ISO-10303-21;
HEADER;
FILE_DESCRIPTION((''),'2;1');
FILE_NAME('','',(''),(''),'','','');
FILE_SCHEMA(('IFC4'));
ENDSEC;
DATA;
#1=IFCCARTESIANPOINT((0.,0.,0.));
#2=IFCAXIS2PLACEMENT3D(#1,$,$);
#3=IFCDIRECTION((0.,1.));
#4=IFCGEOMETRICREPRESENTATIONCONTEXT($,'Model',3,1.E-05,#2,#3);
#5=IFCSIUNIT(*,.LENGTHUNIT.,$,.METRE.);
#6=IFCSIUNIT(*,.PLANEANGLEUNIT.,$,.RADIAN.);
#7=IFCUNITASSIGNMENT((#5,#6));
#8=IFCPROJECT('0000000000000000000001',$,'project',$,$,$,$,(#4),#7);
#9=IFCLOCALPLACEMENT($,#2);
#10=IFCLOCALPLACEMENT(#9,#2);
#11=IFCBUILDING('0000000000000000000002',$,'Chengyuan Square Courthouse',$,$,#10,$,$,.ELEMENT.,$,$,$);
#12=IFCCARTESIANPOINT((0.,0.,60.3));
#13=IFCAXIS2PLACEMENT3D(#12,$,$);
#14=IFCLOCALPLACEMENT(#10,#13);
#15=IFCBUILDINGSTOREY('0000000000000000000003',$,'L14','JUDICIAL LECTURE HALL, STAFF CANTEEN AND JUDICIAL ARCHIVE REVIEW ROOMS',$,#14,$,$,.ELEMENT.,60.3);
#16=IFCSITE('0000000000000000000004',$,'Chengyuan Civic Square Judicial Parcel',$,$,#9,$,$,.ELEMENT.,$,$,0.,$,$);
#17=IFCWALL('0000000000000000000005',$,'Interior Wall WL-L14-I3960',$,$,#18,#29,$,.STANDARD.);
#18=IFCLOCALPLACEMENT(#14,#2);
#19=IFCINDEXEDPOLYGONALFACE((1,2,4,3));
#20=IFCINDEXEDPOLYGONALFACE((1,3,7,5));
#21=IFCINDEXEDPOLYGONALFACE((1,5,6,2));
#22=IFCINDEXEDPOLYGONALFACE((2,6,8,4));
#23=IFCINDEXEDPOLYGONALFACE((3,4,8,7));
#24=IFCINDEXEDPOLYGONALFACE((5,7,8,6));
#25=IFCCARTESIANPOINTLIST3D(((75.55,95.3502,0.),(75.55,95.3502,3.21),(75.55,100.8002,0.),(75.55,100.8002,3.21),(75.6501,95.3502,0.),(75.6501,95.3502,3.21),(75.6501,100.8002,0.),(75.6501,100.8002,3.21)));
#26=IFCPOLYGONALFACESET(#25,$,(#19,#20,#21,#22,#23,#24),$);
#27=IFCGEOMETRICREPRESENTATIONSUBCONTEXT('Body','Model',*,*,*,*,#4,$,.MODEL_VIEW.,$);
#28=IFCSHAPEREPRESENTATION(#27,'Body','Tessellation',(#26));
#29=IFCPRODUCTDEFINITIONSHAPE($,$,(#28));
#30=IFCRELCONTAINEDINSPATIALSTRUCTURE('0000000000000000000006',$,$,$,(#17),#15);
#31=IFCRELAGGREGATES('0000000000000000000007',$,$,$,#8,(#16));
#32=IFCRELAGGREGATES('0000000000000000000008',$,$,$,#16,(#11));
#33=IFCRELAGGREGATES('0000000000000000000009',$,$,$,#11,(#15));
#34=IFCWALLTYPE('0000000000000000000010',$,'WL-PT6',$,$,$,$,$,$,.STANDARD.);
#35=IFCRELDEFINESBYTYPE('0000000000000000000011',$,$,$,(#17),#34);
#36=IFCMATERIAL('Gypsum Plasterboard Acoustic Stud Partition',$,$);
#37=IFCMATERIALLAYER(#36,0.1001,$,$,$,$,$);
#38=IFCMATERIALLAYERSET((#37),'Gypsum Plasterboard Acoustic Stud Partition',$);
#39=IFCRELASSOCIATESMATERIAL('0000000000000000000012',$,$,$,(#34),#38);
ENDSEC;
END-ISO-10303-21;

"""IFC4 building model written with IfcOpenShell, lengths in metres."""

from ifc_helpers import new_model, si_unit, direction, frame, frame_2d, origin, place, context, subcontext, project, spatial, rectangle, extrude, material, layer, layer_set, type_object, element, save


model = new_model("IFC4")

# Units and contexts
model_context = context("Model", 3, precision=1e-05, world=origin(), true_north=direction((0.0, 1.0)))
body_context = subcontext(model_context, "Body", "Model", "MODEL_VIEW")
ifc_project = project(units=[si_unit("LENGTHUNIT", "METRE"), si_unit("PLANEANGLEUNIT", "RADIAN")], contexts=[model_context])

# Site, building, storey
site_placement = place(None, origin())
site = spatial("IfcSite", under=ifc_project, at=site_placement, Name="Chengyuan Civic Square Judicial Parcel", CompositionType="ELEMENT", RefElevation=0.0)
building_placement = place(site_placement, origin())
building = spatial("IfcBuilding", under=site, at=building_placement, Name="Chengyuan Square Courthouse", CompositionType="ELEMENT")
storey_placement = place(building_placement, frame((0.0, 0.0, 60.3)))
storey = spatial("IfcBuildingStorey", under=building, at=storey_placement, Name="L14", Description="JUDICIAL LECTURE HALL, STAFF CANTEEN AND JUDICIAL ARCHIVE REVIEW ROOMS", CompositionType="ELEMENT", Elevation=60.3)

# Shared definitions
ifc_material_1 = material(Name="Gypsum Plasterboard Acoustic Stud Partition")
ifc_layer_1 = layer(ifc_material_1, 0.1001)
ifc_layer_set_1 = layer_set([ifc_layer_1], Name="Gypsum Plasterboard Acoustic Stud Partition")
wall_type_1 = type_object("IfcWallType", Name="WL-PT6", PredefinedType="STANDARD", material=ifc_layer_set_1)

# Wall
wall_1_placement = place(storey_placement, frame((75.6001, 95.3501, 0.0), z_axis=(0.0, 0.0, 1.0), x_axis=(0.0, 1.0, 0.0)))
element("IfcWall", 1, at=wall_1_placement, inside=storey, type_object=wall_type_1, Name="Interior Wall WL-L14-I3960", PredefinedType="STANDARD", context=body_context, shape_type="SweptSolid", body=[
    extrude(rectangle(XDim=5.45, YDim=0.1001, at=frame_2d((2.7251, 0.0))), origin(), (0.0, 0.0, 1.0), 3.21),
])

save(model, "model.ifc")
